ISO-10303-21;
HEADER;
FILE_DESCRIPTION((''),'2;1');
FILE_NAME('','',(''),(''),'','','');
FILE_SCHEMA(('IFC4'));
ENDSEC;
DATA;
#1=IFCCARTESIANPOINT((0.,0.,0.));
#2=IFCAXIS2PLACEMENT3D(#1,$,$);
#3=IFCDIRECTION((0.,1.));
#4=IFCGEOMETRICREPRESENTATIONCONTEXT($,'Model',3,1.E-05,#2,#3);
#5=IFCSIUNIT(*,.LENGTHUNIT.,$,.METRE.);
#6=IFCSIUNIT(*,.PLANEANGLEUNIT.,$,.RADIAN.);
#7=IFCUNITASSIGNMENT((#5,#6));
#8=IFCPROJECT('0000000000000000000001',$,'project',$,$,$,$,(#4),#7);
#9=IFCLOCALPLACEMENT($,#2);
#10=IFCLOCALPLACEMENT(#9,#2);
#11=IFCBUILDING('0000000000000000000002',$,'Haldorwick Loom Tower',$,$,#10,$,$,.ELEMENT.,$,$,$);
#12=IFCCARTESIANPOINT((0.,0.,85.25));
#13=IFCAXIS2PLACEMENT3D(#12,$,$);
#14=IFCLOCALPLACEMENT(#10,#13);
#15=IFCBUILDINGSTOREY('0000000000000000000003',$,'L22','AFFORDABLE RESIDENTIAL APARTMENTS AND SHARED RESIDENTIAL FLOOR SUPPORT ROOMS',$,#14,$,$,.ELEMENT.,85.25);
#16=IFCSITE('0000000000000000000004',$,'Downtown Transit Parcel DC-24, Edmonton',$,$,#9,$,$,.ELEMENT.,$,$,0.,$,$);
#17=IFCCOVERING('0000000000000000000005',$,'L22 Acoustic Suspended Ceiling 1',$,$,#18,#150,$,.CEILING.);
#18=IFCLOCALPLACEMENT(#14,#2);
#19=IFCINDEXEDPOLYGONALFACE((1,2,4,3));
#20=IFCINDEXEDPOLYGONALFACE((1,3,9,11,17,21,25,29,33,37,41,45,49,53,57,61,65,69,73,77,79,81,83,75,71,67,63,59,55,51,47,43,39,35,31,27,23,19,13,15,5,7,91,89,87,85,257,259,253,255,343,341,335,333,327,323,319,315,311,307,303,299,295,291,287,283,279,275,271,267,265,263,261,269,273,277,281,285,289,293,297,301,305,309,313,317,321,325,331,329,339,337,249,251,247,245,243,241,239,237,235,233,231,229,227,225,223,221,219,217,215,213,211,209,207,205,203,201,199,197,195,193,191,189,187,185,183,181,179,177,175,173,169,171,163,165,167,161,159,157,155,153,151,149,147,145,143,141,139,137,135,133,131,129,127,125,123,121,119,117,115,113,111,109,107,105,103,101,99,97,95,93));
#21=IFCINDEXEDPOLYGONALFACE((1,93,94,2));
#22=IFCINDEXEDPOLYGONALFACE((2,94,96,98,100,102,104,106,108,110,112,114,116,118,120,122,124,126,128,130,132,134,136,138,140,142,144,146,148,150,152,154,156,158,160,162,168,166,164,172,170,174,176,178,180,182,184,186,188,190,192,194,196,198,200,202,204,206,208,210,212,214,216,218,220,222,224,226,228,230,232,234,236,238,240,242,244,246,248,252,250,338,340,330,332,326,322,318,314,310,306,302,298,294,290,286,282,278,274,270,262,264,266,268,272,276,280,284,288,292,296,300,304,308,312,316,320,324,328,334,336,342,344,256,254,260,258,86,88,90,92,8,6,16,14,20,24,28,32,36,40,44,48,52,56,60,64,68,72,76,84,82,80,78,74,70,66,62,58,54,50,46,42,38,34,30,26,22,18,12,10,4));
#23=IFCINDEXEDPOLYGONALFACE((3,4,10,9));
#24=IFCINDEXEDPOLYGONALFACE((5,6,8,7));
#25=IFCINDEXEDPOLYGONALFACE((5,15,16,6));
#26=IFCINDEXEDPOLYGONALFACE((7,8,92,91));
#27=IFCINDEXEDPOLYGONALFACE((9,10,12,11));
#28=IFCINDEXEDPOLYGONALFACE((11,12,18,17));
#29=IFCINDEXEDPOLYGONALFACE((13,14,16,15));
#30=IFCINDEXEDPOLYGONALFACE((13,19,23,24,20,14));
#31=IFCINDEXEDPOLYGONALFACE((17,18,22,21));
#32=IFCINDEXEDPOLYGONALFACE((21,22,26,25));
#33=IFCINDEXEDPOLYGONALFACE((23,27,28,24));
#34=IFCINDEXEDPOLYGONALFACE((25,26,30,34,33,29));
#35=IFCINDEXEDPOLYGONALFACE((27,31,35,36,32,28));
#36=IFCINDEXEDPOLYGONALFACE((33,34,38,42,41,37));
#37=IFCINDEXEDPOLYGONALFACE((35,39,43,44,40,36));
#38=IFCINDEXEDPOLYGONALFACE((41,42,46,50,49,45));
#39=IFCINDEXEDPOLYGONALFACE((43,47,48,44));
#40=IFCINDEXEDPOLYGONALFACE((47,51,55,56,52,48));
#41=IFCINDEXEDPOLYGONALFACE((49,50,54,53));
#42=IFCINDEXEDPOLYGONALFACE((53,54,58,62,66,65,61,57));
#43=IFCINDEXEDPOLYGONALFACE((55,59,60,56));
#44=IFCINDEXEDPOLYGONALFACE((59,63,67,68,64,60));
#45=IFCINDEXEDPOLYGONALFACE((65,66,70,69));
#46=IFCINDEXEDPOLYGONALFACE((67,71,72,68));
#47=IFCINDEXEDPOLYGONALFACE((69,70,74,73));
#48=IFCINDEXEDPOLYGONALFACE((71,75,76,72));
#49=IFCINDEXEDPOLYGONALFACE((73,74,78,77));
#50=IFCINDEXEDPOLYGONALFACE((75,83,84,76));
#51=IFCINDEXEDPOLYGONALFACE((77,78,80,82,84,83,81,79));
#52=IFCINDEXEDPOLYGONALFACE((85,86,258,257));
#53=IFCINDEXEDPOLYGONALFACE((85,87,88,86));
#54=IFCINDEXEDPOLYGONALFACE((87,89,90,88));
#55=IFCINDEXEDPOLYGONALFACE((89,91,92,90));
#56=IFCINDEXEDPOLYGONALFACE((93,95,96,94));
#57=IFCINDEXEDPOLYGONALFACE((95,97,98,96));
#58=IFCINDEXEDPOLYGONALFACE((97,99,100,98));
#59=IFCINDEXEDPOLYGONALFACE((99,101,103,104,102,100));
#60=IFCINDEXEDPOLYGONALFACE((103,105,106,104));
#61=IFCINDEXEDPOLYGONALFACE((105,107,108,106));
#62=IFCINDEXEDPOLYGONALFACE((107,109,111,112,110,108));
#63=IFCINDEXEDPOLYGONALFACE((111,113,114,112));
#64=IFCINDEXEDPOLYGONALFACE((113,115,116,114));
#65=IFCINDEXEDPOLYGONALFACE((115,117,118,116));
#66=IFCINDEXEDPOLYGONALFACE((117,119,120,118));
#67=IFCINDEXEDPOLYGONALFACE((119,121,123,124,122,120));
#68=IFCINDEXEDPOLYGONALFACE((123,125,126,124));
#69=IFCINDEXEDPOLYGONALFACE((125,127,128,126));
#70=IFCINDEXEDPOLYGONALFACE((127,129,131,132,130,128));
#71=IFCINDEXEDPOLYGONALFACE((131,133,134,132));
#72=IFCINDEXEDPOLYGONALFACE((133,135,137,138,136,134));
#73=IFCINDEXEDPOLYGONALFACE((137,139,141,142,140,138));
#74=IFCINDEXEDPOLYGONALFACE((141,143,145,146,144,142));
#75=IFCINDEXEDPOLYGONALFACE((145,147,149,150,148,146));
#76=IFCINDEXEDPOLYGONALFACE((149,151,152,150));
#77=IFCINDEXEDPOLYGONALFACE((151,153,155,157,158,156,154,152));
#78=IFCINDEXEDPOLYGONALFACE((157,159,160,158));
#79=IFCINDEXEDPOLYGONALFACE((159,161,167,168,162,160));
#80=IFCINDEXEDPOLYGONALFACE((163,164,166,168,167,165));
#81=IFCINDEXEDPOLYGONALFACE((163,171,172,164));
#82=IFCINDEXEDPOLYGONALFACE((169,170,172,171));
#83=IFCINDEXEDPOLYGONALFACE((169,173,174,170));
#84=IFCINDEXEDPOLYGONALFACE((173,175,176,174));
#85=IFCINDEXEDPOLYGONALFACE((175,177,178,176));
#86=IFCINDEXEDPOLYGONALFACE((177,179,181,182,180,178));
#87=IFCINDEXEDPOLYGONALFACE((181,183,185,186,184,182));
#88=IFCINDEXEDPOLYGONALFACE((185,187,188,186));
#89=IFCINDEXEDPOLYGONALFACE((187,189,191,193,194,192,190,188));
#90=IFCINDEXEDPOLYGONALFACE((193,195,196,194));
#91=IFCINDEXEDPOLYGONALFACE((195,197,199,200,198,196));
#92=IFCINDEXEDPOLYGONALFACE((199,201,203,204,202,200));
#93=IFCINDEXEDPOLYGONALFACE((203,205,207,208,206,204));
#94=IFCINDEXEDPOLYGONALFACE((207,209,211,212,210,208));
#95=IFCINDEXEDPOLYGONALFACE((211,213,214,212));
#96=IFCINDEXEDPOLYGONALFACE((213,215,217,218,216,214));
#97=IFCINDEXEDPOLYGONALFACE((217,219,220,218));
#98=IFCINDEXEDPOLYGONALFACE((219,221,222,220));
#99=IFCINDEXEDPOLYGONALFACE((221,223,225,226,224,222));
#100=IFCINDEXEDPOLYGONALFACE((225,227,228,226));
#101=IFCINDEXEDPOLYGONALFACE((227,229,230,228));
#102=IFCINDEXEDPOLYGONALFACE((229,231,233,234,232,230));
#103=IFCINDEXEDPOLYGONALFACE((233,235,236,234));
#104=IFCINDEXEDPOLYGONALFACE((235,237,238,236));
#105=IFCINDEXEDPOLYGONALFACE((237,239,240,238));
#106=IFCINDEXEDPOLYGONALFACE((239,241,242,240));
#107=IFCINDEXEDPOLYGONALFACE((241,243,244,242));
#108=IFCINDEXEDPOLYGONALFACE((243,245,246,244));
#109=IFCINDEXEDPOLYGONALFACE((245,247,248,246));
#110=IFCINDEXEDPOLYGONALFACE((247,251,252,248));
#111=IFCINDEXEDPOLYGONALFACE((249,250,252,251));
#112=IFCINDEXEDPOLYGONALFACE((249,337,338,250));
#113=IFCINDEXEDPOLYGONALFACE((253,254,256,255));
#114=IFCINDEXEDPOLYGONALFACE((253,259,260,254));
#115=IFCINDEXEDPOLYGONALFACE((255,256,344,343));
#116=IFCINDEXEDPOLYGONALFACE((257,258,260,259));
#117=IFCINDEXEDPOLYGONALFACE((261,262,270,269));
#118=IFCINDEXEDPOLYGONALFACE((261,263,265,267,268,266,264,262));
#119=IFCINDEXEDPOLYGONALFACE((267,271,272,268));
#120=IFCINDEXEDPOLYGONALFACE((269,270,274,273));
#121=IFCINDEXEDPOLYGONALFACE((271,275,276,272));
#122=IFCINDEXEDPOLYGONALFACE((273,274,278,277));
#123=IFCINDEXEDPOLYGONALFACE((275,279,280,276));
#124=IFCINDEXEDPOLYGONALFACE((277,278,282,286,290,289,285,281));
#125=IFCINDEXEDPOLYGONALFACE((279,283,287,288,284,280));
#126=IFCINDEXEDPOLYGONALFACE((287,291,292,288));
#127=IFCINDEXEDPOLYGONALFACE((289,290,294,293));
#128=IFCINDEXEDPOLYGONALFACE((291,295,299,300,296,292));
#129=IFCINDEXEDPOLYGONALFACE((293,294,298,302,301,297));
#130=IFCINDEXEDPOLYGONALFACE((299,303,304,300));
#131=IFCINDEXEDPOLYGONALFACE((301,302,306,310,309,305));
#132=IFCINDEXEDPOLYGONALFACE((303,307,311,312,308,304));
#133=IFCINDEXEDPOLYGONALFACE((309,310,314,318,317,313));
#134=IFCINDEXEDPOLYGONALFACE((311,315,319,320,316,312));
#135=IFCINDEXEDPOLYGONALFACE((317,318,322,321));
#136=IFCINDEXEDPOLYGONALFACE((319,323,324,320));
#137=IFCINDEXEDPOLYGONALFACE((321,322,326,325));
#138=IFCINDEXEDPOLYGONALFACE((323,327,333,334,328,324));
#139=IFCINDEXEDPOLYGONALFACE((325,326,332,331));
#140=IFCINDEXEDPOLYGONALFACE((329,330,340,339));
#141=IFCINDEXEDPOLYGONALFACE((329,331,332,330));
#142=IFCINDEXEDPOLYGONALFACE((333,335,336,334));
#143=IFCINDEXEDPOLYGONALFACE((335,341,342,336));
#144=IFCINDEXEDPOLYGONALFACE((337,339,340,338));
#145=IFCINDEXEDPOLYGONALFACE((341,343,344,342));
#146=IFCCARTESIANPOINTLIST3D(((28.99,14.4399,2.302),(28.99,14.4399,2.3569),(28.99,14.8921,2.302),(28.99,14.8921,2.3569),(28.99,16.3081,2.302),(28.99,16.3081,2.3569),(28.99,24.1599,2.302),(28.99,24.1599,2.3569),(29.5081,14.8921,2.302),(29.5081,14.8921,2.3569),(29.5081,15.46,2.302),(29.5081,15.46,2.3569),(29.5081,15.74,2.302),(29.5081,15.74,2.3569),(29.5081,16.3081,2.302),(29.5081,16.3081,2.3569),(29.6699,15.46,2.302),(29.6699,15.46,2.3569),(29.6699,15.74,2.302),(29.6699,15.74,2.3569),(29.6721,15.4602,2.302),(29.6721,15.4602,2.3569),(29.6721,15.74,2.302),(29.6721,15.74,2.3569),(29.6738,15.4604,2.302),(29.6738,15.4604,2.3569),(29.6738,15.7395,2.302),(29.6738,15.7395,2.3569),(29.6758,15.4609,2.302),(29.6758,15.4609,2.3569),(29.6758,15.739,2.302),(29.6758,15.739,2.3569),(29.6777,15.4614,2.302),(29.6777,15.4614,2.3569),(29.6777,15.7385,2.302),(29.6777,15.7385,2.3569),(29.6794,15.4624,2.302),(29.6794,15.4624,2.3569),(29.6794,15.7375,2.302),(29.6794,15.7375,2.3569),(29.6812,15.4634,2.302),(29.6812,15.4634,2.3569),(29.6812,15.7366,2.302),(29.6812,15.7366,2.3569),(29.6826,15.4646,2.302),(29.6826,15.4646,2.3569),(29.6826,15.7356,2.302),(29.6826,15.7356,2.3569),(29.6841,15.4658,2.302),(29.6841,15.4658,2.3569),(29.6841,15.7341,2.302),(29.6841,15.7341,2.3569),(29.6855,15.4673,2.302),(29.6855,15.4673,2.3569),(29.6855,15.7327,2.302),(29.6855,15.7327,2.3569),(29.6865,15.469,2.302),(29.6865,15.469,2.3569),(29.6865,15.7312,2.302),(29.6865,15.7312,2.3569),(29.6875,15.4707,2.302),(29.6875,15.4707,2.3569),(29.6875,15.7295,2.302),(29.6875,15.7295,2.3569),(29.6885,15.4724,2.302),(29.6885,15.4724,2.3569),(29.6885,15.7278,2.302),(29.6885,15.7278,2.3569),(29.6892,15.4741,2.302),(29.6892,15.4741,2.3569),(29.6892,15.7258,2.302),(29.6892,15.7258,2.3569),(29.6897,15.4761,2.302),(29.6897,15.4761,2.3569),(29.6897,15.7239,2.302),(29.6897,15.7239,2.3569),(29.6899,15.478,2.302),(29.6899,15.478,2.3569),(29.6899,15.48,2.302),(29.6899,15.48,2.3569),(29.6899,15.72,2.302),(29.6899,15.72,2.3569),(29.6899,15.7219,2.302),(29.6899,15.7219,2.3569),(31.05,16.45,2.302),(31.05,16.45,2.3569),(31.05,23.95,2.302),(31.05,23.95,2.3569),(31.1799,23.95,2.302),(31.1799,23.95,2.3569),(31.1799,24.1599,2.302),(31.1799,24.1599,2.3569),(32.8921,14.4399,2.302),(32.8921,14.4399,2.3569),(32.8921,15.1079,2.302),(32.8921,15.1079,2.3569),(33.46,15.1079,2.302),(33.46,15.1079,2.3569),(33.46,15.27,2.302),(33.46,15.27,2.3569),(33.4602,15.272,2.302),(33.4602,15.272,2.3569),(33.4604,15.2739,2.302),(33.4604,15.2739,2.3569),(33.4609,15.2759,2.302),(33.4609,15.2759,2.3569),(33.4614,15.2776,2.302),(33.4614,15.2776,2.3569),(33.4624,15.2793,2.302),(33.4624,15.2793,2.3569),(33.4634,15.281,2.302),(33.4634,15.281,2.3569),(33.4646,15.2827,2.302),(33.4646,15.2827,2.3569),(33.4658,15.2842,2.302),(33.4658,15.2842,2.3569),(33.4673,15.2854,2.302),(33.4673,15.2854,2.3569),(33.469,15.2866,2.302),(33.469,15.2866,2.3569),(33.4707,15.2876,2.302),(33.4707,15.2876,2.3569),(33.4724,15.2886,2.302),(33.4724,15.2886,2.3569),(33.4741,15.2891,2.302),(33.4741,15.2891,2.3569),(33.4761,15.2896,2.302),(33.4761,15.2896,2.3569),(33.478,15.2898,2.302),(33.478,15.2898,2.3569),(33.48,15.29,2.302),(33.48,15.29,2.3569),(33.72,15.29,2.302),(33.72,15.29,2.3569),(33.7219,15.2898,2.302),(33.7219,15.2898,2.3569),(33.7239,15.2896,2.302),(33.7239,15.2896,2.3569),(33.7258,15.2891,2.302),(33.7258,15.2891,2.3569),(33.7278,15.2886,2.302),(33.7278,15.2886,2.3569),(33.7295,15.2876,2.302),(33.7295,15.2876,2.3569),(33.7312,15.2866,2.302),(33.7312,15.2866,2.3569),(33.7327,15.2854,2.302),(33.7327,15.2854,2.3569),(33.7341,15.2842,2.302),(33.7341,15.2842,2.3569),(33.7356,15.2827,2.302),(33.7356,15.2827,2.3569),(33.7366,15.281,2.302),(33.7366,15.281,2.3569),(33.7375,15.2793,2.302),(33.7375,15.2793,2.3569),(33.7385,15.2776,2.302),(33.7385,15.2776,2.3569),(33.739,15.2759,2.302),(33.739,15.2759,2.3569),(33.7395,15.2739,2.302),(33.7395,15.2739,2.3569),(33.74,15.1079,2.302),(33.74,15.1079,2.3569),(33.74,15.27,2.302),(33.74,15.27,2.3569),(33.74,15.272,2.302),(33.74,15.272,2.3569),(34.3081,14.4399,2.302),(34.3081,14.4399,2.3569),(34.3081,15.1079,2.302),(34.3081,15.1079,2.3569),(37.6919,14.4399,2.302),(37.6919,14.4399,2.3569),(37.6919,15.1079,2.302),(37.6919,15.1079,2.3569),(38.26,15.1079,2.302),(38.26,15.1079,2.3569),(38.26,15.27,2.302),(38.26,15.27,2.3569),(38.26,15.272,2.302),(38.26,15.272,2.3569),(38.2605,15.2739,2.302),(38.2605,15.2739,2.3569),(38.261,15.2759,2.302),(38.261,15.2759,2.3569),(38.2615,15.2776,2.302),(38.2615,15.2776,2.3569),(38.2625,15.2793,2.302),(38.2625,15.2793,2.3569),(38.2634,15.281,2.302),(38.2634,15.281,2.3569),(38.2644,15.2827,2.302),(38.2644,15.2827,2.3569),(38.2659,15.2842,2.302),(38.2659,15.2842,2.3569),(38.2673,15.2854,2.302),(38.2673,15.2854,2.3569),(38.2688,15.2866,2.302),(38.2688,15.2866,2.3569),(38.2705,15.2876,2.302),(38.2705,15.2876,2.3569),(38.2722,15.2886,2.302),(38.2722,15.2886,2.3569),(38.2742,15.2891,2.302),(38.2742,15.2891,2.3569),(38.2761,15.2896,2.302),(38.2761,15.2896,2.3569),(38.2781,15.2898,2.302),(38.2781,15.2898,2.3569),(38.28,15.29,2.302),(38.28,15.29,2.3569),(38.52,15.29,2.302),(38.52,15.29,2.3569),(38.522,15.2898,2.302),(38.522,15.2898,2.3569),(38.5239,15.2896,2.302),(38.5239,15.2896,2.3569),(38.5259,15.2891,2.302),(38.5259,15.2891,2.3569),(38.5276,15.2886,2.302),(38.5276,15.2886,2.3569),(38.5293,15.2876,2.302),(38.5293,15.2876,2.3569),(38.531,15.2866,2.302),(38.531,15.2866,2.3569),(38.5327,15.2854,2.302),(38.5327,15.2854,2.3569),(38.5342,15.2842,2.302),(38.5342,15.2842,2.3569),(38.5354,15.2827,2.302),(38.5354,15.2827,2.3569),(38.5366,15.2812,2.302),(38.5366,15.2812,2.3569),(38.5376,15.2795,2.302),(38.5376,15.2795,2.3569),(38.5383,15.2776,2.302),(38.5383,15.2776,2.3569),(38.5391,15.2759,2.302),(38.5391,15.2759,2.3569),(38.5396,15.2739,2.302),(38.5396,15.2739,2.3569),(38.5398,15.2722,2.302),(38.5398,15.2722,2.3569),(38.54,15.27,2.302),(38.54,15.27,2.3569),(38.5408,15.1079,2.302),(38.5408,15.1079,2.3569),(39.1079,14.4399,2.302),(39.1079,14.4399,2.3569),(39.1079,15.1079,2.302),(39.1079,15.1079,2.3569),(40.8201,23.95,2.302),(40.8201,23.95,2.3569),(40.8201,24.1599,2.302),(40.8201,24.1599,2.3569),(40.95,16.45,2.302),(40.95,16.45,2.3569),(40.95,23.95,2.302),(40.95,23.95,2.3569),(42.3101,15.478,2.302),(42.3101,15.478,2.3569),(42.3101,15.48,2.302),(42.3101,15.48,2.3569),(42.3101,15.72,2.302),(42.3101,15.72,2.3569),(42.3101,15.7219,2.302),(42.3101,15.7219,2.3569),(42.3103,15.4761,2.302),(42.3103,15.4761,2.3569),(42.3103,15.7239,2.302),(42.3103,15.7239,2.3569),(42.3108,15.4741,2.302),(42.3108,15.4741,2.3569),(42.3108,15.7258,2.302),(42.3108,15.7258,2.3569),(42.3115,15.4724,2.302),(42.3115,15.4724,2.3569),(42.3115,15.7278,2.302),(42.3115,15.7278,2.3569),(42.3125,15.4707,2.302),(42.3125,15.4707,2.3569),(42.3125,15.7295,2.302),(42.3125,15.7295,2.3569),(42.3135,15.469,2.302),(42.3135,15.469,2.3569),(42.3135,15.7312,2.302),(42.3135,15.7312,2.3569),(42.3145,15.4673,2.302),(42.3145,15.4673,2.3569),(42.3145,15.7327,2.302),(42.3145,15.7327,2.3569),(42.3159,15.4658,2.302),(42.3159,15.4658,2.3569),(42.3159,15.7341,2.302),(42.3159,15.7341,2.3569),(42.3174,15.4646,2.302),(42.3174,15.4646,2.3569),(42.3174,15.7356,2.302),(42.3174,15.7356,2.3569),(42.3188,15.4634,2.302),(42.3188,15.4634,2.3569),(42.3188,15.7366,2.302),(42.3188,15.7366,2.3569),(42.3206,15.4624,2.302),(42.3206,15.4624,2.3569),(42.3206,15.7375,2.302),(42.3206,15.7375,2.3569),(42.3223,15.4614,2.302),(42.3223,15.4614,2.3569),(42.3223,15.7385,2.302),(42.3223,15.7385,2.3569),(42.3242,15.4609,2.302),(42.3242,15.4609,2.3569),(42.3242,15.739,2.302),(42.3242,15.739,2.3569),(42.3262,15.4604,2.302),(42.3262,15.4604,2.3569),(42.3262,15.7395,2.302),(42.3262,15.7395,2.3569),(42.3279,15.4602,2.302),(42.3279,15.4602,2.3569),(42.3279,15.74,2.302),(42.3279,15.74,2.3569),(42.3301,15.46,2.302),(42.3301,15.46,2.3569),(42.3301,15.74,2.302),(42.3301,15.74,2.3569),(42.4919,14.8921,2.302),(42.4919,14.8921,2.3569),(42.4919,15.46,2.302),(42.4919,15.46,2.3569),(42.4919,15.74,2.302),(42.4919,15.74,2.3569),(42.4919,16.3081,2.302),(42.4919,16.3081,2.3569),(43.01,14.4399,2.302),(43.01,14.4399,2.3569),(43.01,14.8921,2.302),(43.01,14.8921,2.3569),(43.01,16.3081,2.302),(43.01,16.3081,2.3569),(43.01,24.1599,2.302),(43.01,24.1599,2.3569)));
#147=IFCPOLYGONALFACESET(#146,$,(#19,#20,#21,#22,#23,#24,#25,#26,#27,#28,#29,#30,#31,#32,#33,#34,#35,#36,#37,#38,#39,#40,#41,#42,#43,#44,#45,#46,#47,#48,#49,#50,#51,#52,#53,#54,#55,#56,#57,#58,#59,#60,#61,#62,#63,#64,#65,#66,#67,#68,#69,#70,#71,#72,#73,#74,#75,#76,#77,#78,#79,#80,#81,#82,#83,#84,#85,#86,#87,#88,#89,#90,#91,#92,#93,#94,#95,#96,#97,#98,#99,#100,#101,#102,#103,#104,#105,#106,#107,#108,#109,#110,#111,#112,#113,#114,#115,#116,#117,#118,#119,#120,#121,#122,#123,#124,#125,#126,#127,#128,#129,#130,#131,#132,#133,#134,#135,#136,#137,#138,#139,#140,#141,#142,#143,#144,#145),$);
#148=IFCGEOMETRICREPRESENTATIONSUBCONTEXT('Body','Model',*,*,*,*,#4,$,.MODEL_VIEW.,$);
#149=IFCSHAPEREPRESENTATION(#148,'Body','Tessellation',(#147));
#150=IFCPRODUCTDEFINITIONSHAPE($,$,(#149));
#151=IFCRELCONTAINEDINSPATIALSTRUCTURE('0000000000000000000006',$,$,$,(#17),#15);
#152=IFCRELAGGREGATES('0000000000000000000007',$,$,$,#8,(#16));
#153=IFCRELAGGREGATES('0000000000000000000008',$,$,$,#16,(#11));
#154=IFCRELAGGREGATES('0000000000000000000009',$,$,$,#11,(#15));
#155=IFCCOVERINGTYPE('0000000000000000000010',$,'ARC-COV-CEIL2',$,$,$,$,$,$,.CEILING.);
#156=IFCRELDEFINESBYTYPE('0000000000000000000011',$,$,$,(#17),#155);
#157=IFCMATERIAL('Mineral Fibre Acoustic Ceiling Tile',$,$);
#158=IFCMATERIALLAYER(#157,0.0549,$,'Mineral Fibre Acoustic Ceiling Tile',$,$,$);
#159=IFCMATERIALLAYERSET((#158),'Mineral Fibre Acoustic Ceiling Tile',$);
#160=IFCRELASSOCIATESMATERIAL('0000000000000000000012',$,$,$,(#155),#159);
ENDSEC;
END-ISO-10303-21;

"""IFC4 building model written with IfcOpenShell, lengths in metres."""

from ifc_helpers import new_model, si_unit, direction, frame, origin, place, context, subcontext, project, spatial, polyline, outline, extrude, material, layer, layer_set, type_object, element, save


model = new_model("IFC4")

# Units and contexts
model_context = context("Model", 3, precision=1e-05, world=origin(), true_north=direction((0.0, 1.0)))
body_context = subcontext(model_context, "Body", "Model", "MODEL_VIEW")
ifc_project = project(units=[si_unit("LENGTHUNIT", "METRE"), si_unit("PLANEANGLEUNIT", "RADIAN")], contexts=[model_context])

# Site, building, storey
site_placement = place(None, origin())
site = spatial("IfcSite", under=ifc_project, at=site_placement, Name="Downtown Transit Parcel DC-24, Edmonton", CompositionType="ELEMENT", RefElevation=0.0)
building_placement = place(site_placement, origin())
building = spatial("IfcBuilding", under=site, at=building_placement, Name="Haldorwick Loom Tower", CompositionType="ELEMENT")
storey_placement = place(building_placement, frame((0.0, 0.0, 85.25)))
storey = spatial("IfcBuildingStorey", under=building, at=storey_placement, Name="L22", Description="AFFORDABLE RESIDENTIAL APARTMENTS AND SHARED RESIDENTIAL FLOOR SUPPORT ROOMS", CompositionType="ELEMENT", Elevation=85.25)

# Covering
ifc_material_1 = material(Name="Mineral Fibre Acoustic Ceiling Tile")
ifc_layer_1 = layer(ifc_material_1, 0.0549, Name="Mineral Fibre Acoustic Ceiling Tile")
ifc_layer_set_1 = layer_set([ifc_layer_1], Name="Mineral Fibre Acoustic Ceiling Tile")
covering_type_1 = type_object("IfcCoveringType", Name="ARC-COV-CEIL2", PredefinedType="CEILING", material=ifc_layer_set_1)
covering_1_placement = place(storey_placement, frame((0.0, 0.0, 2.302)))
element("IfcCovering", 1, at=covering_1_placement, inside=storey, type_object=covering_type_1, Name="L22 Acoustic Suspended Ceiling 1", PredefinedType="CEILING", context=body_context, shape_type="SweptSolid", body=[
    extrude(outline(polyline([(40.8201, 24.1599), (40.8201, 23.95), (40.95, 23.95), (40.95, 16.45), (31.05, 16.45), (31.05, 23.95), (31.1799, 23.95), (31.1799, 24.1599), (28.99, 24.1599), (28.99, 16.3081), (29.5081, 16.3081), (29.5081, 15.74), (29.6699, 15.74), (29.6721, 15.74), (29.6738, 15.7395), (29.6758, 15.739), (29.6777, 15.7385), (29.6794, 15.7375), (29.6812, 15.7366), (29.6826, 15.7356), (29.6841, 15.7341), (29.6855, 15.7327), (29.6865, 15.7312), (29.6875, 15.7295), (29.6885, 15.7278), (29.6892, 15.7258), (29.6897, 15.7239), (29.6899, 15.7219), (29.6899, 15.72), (29.6899, 15.48), (29.6899, 15.478), (29.6897, 15.4761), (29.6892, 15.4741), (29.6885, 15.4724), (29.6875, 15.4707), (29.6865, 15.469), (29.6855, 15.4673), (29.6841, 15.4658), (29.6826, 15.4646), (29.6812, 15.4634), (29.6794, 15.4624), (29.6777, 15.4614), (29.6758, 15.4609), (29.6738, 15.4604), (29.6721, 15.4602), (29.6699, 15.46), (29.5081, 15.46), (29.5081, 14.8921), (28.99, 14.8921), (28.99, 14.4399), (32.8921, 14.4399), (32.8921, 15.1079), (33.46, 15.1079), (33.46, 15.27), (33.4602, 15.272), (33.4604, 15.2739), (33.4609, 15.2759), (33.4614, 15.2776), (33.4624, 15.2793), (33.4634, 15.281), (33.4646, 15.2827), (33.4658, 15.2842), (33.4673, 15.2854), (33.469, 15.2866), (33.4707, 15.2876), (33.4724, 15.2886), (33.4741, 15.2891), (33.4761, 15.2896), (33.478, 15.2898), (33.48, 15.29), (33.72, 15.29), (33.7219, 15.2898), (33.7239, 15.2896), (33.7258, 15.2891), (33.7278, 15.2886), (33.7295, 15.2876), (33.7312, 15.2866), (33.7327, 15.2854), (33.7341, 15.2842), (33.7356, 15.2827), (33.7366, 15.281), (33.7375, 15.2793), (33.7385, 15.2776), (33.739, 15.2759), (33.7395, 15.2739), (33.74, 15.272), (33.74, 15.27), (33.74, 15.1079), (34.3081, 15.1079), (34.3081, 14.4399), (37.6919, 14.4399), (37.6919, 15.1079), (38.26, 15.1079), (38.26, 15.27), (38.26, 15.272), (38.2605, 15.2739), (38.261, 15.2759), (38.2615, 15.2776), (38.2625, 15.2793), (38.2634, 15.281), (38.2644, 15.2827), (38.2659, 15.2842), (38.2673, 15.2854), (38.2688, 15.2866), (38.2705, 15.2876), (38.2722, 15.2886), (38.2742, 15.2891), (38.2761, 15.2896), (38.2781, 15.2898), (38.28, 15.29), (38.52, 15.29), (38.522, 15.2898), (38.5239, 15.2896), (38.5259, 15.2891), (38.5276, 15.2886), (38.5293, 15.2876), (38.531, 15.2866), (38.5327, 15.2854), (38.5342, 15.2842), (38.5354, 15.2827), (38.5366, 15.2812), (38.5376, 15.2795), (38.5383, 15.2776), (38.5391, 15.2759), (38.5396, 15.2739), (38.5398, 15.2722), (38.54, 15.27), (38.5408, 15.1079), (39.1079, 15.1079), (39.1079, 14.4399), (43.01, 14.4399), (43.01, 14.8921), (42.4919, 14.8921), (42.4919, 15.46), (42.3301, 15.46), (42.3279, 15.4602), (42.3262, 15.4604), (42.3242, 15.4609), (42.3223, 15.4614), (42.3206, 15.4624), (42.3188, 15.4634), (42.3174, 15.4646), (42.3159, 15.4658), (42.3145, 15.4673), (42.3135, 15.469), (42.3125, 15.4707), (42.3115, 15.4724), (42.3108, 15.4741), (42.3103, 15.4761), (42.3101, 15.478), (42.3101, 15.48), (42.3101, 15.72), (42.3101, 15.7219), (42.3103, 15.7239), (42.3108, 15.7258), (42.3115, 15.7278), (42.3125, 15.7295), (42.3135, 15.7312), (42.3145, 15.7327), (42.3159, 15.7341), (42.3174, 15.7356), (42.3188, 15.7366), (42.3206, 15.7375), (42.3223, 15.7385), (42.3242, 15.739), (42.3262, 15.7395), (42.3279, 15.74), (42.3301, 15.74), (42.4919, 15.74), (42.4919, 16.3081), (43.01, 16.3081), (43.01, 24.1599), (40.8201, 24.1599)])), origin(), (0.0, 0.0, 1.0), 0.0549),
])

save(model, "model.ifc")
